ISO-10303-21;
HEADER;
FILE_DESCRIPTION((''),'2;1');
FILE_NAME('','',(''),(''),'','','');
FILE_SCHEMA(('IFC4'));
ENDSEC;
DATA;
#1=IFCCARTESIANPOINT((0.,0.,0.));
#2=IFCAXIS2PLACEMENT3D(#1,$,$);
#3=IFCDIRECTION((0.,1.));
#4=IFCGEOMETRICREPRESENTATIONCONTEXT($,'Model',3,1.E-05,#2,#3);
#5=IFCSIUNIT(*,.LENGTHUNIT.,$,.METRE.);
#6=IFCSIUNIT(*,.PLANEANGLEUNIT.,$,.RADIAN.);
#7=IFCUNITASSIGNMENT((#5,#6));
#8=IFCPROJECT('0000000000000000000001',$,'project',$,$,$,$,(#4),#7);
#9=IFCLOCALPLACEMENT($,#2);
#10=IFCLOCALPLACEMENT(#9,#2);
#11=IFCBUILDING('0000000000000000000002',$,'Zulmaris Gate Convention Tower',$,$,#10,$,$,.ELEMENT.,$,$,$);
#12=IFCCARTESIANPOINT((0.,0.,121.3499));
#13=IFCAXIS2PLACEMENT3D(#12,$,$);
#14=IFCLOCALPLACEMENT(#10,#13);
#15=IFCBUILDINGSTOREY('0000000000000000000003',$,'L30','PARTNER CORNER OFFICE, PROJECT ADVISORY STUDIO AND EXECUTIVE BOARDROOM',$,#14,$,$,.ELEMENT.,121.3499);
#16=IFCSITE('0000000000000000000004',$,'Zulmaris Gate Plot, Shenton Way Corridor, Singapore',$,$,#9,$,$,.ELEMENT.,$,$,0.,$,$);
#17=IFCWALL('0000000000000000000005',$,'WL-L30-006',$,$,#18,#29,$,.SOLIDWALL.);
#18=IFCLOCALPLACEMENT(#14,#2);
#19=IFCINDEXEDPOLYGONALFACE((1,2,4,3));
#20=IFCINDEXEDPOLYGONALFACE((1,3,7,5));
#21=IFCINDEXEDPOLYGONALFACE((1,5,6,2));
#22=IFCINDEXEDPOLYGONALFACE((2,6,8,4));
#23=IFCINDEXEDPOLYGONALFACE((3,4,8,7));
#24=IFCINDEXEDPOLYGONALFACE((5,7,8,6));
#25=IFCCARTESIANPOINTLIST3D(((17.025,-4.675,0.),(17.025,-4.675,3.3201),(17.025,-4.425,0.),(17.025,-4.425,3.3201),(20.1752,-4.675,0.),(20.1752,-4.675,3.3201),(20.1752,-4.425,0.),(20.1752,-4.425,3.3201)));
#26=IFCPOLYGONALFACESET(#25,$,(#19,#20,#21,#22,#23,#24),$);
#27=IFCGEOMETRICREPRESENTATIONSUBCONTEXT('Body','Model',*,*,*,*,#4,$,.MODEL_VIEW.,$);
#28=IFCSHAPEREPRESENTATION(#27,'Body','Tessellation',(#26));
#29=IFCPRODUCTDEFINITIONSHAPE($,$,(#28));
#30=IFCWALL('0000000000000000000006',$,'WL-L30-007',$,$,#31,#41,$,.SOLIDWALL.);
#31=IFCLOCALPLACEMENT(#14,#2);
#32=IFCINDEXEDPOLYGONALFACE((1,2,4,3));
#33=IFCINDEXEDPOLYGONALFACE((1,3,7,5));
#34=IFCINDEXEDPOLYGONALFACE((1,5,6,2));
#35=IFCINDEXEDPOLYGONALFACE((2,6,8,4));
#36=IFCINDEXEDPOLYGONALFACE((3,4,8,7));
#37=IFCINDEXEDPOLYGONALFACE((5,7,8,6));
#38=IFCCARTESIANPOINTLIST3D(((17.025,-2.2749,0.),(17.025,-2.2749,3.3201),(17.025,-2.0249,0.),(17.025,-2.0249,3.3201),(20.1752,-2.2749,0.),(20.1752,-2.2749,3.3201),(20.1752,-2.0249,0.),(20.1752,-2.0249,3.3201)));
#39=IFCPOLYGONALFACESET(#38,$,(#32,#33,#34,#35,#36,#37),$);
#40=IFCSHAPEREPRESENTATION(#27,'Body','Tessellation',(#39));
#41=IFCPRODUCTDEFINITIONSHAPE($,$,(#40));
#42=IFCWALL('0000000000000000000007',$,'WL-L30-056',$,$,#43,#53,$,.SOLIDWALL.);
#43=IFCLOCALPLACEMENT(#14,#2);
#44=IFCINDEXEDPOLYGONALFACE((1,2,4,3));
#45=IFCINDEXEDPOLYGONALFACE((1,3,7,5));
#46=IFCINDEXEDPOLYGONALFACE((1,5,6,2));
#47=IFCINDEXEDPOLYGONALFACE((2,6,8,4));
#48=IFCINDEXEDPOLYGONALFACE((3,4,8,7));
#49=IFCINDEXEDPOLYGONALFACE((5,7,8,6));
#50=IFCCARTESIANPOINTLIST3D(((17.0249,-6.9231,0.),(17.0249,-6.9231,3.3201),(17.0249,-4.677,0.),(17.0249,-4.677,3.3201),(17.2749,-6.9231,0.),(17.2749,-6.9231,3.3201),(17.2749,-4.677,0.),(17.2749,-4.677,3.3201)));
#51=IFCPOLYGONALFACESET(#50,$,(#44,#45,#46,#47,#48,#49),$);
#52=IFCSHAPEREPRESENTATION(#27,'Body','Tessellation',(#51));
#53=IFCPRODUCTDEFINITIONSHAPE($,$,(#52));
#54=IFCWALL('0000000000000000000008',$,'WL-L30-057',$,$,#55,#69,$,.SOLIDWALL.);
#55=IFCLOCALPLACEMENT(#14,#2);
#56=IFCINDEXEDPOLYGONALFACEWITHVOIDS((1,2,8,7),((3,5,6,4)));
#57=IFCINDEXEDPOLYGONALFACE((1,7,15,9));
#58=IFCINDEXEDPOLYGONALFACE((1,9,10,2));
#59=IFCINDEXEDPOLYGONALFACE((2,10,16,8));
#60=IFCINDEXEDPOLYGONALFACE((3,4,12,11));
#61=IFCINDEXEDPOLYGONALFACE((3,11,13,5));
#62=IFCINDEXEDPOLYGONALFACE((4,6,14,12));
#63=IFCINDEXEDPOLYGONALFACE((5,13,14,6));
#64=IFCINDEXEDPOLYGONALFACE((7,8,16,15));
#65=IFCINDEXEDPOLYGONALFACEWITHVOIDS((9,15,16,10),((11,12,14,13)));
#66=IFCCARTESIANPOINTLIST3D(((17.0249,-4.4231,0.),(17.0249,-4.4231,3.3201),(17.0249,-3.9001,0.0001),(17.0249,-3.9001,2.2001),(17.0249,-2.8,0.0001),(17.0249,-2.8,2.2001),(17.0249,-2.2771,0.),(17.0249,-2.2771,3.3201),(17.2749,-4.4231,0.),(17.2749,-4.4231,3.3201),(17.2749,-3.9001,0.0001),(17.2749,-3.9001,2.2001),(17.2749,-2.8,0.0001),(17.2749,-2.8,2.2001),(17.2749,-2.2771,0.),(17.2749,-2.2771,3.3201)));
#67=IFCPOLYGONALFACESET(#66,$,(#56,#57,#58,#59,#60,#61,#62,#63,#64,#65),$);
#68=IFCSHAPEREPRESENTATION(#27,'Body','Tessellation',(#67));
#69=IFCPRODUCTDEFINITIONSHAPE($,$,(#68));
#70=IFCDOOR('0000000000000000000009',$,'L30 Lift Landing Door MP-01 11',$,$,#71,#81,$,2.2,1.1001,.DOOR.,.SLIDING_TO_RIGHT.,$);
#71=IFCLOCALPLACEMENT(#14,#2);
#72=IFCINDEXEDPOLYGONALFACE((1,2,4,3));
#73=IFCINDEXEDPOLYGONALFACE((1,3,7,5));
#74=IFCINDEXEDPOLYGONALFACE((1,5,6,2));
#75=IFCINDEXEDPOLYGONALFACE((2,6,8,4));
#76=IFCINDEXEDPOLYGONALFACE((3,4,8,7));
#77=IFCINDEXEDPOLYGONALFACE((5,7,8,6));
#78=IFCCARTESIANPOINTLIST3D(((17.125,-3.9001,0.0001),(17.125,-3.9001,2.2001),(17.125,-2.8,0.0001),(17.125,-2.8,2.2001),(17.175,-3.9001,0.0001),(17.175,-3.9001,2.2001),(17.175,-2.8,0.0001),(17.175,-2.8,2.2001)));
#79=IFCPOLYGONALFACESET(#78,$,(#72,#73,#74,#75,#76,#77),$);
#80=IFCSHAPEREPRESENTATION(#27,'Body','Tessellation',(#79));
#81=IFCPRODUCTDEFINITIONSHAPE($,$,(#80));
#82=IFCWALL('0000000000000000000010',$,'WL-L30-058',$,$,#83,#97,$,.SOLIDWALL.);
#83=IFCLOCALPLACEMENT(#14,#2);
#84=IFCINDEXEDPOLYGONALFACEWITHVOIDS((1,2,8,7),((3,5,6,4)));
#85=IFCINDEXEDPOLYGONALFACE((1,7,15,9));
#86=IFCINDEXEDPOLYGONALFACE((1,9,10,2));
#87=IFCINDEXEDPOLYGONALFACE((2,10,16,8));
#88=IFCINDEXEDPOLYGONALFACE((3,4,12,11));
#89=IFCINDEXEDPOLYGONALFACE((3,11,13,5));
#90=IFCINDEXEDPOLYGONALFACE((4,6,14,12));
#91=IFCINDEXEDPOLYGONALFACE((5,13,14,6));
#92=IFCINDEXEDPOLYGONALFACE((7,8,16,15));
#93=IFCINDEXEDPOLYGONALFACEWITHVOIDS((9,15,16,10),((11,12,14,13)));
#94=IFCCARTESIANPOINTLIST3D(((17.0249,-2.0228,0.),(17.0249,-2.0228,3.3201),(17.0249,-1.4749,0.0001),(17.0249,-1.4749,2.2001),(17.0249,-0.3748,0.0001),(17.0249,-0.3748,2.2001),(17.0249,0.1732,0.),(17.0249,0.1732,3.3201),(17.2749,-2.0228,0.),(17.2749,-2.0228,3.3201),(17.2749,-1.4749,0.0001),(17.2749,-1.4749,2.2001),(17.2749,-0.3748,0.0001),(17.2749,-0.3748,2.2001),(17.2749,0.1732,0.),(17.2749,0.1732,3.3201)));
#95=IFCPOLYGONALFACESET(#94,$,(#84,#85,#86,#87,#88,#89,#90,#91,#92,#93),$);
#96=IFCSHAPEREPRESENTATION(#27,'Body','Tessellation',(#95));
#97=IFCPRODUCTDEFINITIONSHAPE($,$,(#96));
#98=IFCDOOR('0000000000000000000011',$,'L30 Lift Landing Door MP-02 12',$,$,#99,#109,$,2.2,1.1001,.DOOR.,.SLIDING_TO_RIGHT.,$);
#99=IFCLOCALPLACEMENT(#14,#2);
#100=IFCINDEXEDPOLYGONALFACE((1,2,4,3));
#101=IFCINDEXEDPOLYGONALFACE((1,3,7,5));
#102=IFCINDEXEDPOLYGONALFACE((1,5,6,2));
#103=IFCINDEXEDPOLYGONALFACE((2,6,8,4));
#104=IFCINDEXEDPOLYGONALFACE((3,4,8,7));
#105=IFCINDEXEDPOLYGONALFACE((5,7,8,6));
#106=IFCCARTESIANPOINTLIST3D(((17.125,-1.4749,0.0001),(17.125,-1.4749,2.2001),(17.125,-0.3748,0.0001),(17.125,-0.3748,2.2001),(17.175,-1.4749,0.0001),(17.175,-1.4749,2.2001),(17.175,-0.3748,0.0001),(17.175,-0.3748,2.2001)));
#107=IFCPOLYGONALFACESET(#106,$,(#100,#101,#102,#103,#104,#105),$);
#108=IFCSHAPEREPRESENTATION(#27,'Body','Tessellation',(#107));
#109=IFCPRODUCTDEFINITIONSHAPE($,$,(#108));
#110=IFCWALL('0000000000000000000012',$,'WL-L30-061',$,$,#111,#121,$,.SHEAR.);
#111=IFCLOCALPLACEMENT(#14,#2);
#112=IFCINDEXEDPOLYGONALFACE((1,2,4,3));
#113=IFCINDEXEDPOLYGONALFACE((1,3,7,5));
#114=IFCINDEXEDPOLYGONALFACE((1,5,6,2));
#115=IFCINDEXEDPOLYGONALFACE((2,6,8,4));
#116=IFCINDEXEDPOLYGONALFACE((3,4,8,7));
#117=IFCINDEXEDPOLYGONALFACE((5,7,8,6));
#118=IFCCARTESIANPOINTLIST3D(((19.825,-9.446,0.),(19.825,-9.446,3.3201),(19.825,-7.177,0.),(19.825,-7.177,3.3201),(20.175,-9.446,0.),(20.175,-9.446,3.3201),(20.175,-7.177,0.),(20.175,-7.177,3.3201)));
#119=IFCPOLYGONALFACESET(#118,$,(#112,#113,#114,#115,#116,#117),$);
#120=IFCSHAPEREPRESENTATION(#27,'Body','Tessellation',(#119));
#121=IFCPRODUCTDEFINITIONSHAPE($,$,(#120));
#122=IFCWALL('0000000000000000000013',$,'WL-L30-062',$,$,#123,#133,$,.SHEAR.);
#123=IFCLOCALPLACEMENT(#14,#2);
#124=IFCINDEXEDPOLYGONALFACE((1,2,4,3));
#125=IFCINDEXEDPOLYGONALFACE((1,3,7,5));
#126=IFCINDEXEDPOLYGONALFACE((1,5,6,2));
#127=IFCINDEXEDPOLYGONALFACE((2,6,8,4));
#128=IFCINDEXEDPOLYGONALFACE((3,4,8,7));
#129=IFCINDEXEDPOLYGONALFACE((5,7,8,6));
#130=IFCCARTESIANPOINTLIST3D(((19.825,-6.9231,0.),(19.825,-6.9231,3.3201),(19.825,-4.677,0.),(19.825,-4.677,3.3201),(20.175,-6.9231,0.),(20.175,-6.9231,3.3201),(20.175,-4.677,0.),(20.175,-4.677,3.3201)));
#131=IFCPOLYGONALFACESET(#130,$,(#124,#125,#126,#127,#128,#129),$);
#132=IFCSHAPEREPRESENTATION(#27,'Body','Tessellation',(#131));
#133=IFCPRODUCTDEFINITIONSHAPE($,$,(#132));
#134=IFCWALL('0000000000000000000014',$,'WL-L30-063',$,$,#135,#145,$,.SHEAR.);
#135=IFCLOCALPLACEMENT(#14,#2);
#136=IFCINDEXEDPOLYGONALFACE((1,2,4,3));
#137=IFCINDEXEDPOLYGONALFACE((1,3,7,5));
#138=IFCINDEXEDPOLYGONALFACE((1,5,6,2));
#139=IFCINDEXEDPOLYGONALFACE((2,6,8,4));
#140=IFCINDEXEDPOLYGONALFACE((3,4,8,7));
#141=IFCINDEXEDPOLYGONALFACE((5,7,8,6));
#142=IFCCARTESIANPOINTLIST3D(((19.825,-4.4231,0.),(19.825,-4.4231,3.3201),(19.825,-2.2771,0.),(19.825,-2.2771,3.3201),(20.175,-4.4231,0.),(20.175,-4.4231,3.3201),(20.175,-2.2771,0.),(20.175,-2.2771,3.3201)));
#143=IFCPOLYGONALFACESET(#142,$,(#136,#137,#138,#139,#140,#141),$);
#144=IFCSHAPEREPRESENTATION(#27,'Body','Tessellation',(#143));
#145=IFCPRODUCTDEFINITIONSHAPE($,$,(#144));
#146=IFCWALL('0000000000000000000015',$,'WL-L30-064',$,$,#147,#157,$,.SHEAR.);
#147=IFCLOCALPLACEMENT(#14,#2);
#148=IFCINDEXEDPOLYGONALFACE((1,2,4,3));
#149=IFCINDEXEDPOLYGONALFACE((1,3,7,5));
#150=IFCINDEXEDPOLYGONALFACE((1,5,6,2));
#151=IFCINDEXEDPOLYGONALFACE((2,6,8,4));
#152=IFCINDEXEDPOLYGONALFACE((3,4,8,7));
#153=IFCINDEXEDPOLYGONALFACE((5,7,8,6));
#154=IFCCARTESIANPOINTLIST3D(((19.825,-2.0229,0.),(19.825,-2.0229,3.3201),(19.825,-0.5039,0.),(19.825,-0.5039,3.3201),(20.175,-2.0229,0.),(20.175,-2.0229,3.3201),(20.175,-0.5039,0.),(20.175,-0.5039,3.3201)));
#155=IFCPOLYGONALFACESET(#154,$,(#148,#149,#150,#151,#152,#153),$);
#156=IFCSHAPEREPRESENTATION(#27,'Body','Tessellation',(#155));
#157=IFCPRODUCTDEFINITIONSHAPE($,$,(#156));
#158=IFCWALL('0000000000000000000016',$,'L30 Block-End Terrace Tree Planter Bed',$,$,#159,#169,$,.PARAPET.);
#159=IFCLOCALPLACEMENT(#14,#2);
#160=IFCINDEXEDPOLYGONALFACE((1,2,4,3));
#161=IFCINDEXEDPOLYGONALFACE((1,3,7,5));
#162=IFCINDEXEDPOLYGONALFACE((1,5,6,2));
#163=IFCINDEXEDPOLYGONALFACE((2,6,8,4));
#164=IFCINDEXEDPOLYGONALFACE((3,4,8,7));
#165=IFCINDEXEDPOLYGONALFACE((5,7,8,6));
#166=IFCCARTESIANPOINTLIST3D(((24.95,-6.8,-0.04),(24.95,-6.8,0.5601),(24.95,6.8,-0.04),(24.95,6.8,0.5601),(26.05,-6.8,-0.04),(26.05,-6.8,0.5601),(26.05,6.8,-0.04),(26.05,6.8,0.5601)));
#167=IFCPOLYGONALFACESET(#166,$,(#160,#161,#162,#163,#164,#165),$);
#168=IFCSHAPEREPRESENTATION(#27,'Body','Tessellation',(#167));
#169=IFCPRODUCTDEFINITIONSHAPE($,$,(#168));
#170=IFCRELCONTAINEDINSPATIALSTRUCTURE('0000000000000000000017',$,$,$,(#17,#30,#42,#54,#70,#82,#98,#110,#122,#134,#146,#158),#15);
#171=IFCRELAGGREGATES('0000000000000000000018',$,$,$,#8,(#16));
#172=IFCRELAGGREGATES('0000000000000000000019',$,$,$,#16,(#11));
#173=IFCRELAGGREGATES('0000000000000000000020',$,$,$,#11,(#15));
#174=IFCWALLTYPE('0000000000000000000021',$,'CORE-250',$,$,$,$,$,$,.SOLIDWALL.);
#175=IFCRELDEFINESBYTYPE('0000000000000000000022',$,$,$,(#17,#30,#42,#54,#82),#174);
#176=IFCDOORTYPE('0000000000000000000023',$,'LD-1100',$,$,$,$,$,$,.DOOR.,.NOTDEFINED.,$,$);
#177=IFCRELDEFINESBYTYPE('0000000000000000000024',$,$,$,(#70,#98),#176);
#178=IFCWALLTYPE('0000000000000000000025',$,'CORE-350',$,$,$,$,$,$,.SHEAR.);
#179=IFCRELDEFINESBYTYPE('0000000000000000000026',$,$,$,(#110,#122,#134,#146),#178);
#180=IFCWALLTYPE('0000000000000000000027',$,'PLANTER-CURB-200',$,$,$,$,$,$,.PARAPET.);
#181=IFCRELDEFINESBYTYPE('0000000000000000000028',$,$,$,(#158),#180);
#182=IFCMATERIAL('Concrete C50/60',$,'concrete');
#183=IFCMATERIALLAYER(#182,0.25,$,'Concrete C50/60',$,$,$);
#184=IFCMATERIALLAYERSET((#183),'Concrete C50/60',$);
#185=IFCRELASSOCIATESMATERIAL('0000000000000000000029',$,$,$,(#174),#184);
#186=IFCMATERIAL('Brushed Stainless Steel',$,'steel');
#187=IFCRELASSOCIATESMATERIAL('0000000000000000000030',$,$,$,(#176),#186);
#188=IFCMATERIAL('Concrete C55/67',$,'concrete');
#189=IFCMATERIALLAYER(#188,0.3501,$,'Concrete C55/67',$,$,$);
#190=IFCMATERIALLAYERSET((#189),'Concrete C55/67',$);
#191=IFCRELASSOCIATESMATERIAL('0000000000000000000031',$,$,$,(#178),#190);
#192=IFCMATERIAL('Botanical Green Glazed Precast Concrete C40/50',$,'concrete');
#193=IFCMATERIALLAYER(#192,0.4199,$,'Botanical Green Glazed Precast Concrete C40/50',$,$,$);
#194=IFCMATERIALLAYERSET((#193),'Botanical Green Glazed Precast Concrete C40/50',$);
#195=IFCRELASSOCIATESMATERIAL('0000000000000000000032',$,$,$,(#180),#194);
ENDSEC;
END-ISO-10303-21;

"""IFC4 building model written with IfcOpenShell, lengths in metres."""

from ifc_helpers import new_model, si_unit, direction, frame, frame_2d, origin, place, context, subcontext, project, spatial, rectangle, extrude, material, layer, layer_set, type_object, element, fill, save


model = new_model("IFC4")

# Units and contexts
model_context = context("Model", 3, precision=1e-05, world=origin(), true_north=direction((0.0, 1.0)))
body_context = subcontext(model_context, "Body", "Model", "MODEL_VIEW")
ifc_project = project(units=[si_unit("LENGTHUNIT", "METRE"), si_unit("PLANEANGLEUNIT", "RADIAN")], contexts=[model_context])

# Site, building, storey
site_placement = place(None, origin())
site = spatial("IfcSite", under=ifc_project, at=site_placement, Name="Zulmaris Gate Plot, Shenton Way Corridor, Singapore", CompositionType="ELEMENT", RefElevation=0.0)
building_placement = place(site_placement, origin())
building = spatial("IfcBuilding", under=site, at=building_placement, Name="Zulmaris Gate Convention Tower", CompositionType="ELEMENT")
storey_placement = place(building_placement, frame((0.0, 0.0, 121.3499)))
storey = spatial("IfcBuildingStorey", under=building, at=storey_placement, Name="L30", Description="PARTNER CORNER OFFICE, PROJECT ADVISORY STUDIO AND EXECUTIVE BOARDROOM", CompositionType="ELEMENT", Elevation=121.3499)

# Walls
ifc_material_1 = material(Name="Concrete C50/60", Category="concrete")
ifc_layer_1 = layer(ifc_material_1, 0.25, Name="Concrete C50/60")
ifc_layer_set_1 = layer_set([ifc_layer_1], Name="Concrete C50/60")
wall_type_1 = type_object("IfcWallType", Name="CORE-250", PredefinedType="SOLIDWALL", material=ifc_layer_set_1)
for number, where, z_axis, x_axis, name in (
    (1, (17.0249, -4.55, 0.0), (0.0, 0.0, 1.0), (1.0, 0.0, 0.0), "WL-L30-006"),
    (2, (17.0249, -2.1499, 0.0), (0.0, 0.0, 1.0), (1.0, 0.0, 0.0), "WL-L30-007"),
):
    element("IfcWall", number, at=place(storey_placement, frame(where, z_axis=z_axis, x_axis=x_axis)), inside=storey, type_object=wall_type_1, Name=name, PredefinedType="SOLIDWALL", context=body_context, shape_type="SweptSolid", body=[
        extrude(rectangle(XDim=3.1501, YDim=0.25, at=frame_2d((1.5752, 0.0))), origin(), (0.0, 0.0, 1.0), 3.3201),
    ])
wall_1_placement = place(storey_placement, frame((17.1499, -6.9231, 0.0), z_axis=(0.0, 0.0, 1.0), x_axis=(0.0, 1.0, 0.0)))
element("IfcWall", 3, at=wall_1_placement, inside=storey, type_object=wall_type_1, Name="WL-L30-056", PredefinedType="SOLIDWALL", context=body_context, shape_type="SweptSolid", body=[
    extrude(rectangle(XDim=2.2461, YDim=0.25, at=frame_2d((1.123, 0.0))), origin(), (0.0, 0.0, 1.0), 3.3201),
])

# Walls, openings, doors
wall_2_placement = place(storey_placement, frame((17.1499, -4.4231, 0.0), z_axis=(0.0, 0.0, 1.0), x_axis=(0.0, 1.0, 0.0)))
wall_2 = element("IfcWall", 4, at=wall_2_placement, inside=storey, type_object=wall_type_1, Name="WL-L30-057", PredefinedType="SOLIDWALL", context=body_context, shape_type="SweptSolid", body=[
    extrude(rectangle(XDim=2.146, YDim=0.25, at=frame_2d((1.073, 0.0))), origin(), (0.0, 0.0, 1.0), 3.3201),
])
opening_1_placement = place(wall_2_placement, frame((0.5229, 0.0, 0.0)))
opening_1 = element("IfcOpeningElement", 5, at=opening_1_placement, cuts=wall_2, PredefinedType="OPENING", context=body_context, shape_type="SweptSolid", body=[
    extrude(rectangle(XDim=1.1001, YDim=2.2, at=frame_2d((0.55, 1.1001))), frame((0.0, 0.135, 0.0), z_axis=(0.0, -1.0, 0.0), x_axis=(1.0, 0.0, 0.0)), (0.0, 0.0, 1.0), 0.27),
])
ifc_material_2 = material(Name="Brushed Stainless Steel", Category="steel")
door_type_1 = type_object("IfcDoorType", Name="LD-1100", OperationType="NOTDEFINED", PredefinedType="DOOR", material=ifc_material_2)
door_1_placement = place(opening_1_placement, origin())
door_1 = element("IfcDoor", 6, at=door_1_placement, inside=storey, type_object=door_type_1, Name="L30 Lift Landing Door MP-01 11", OperationType="SLIDING_TO_RIGHT", OverallHeight=2.2, OverallWidth=1.1001, PredefinedType="DOOR", context=body_context, shape_type="SweptSolid", body=[
    extrude(rectangle(XDim=1.1001, YDim=2.2, at=frame_2d((0.55, 1.1001))), frame((0.0, 0.0249, 0.0), z_axis=(0.0, -1.0, 0.0), x_axis=(1.0, 0.0, 0.0)), (0.0, 0.0, 1.0), 0.05),
])
fill(opening_1, door_1)
wall_3_placement = place(storey_placement, frame((17.1499, -2.0229, 0.0), z_axis=(0.0, 0.0, 1.0), x_axis=(0.0, 1.0, 0.0)))
wall_3 = element("IfcWall", 7, at=wall_3_placement, inside=storey, type_object=wall_type_1, Name="WL-L30-058", PredefinedType="SOLIDWALL", context=body_context, shape_type="SweptSolid", body=[
    extrude(rectangle(XDim=2.196, YDim=0.25, at=frame_2d((1.0981, 0.0))), origin(), (0.0, 0.0, 1.0), 3.3201),
])
opening_2_placement = place(wall_3_placement, frame((0.5481, 0.0, 0.0)))
opening_2 = element("IfcOpeningElement", 8, at=opening_2_placement, cuts=wall_3, PredefinedType="OPENING", context=body_context, shape_type="SweptSolid", body=[
    extrude(rectangle(XDim=1.1001, YDim=2.2, at=frame_2d((0.55, 1.1001))), frame((0.0, 0.135, 0.0), z_axis=(0.0, -1.0, 0.0), x_axis=(1.0, 0.0, 0.0)), (0.0, 0.0, 1.0), 0.27),
])
door_2_placement = place(opening_2_placement, origin())
door_2 = element("IfcDoor", 9, at=door_2_placement, inside=storey, type_object=door_type_1, Name="L30 Lift Landing Door MP-02 12", OperationType="SLIDING_TO_RIGHT", OverallHeight=2.2, OverallWidth=1.1001, PredefinedType="DOOR", context=body_context, shape_type="SweptSolid", body=[
    extrude(rectangle(XDim=1.1001, YDim=2.2, at=frame_2d((0.55, 1.1001))), frame((0.0, 0.0249, 0.0), z_axis=(0.0, -1.0, 0.0), x_axis=(1.0, 0.0, 0.0)), (0.0, 0.0, 1.0), 0.05),
])
fill(opening_2, door_2)

# Walls
ifc_material_3 = material(Name="Concrete C55/67", Category="concrete")
ifc_layer_2 = layer(ifc_material_3, 0.3501, Name="Concrete C55/67")
ifc_layer_set_2 = layer_set([ifc_layer_2], Name="Concrete C55/67")
wall_type_2 = type_object("IfcWallType", Name="CORE-350", PredefinedType="SHEAR", material=ifc_layer_set_2)
wall_4_placement = place(storey_placement, frame((20.0, -9.446, 0.0), z_axis=(0.0, 0.0, 1.0), x_axis=(0.0, 1.0, 0.0)))
element("IfcWall", 10, at=wall_4_placement, inside=storey, type_object=wall_type_2, Name="WL-L30-061", PredefinedType="SHEAR", context=body_context, shape_type="SweptSolid", body=[
    extrude(rectangle(XDim=2.269, YDim=0.3501, at=frame_2d((1.1345, 0.0))), origin(), (0.0, 0.0, 1.0), 3.3201),
])
wall_5_placement = place(storey_placement, frame((20.0, -6.9231, 0.0), z_axis=(0.0, 0.0, 1.0), x_axis=(0.0, 1.0, 0.0)))
element("IfcWall", 11, at=wall_5_placement, inside=storey, type_object=wall_type_2, Name="WL-L30-062", PredefinedType="SHEAR", context=body_context, shape_type="SweptSolid", body=[
    extrude(rectangle(XDim=2.2461, YDim=0.3501, at=frame_2d((1.123, 0.0))), origin(), (0.0, 0.0, 1.0), 3.3201),
])
wall_6_placement = place(storey_placement, frame((20.0, -4.4231, 0.0), z_axis=(0.0, 0.0, 1.0), x_axis=(0.0, 1.0, 0.0)))
element("IfcWall", 12, at=wall_6_placement, inside=storey, type_object=wall_type_2, Name="WL-L30-063", PredefinedType="SHEAR", context=body_context, shape_type="SweptSolid", body=[
    extrude(rectangle(XDim=2.146, YDim=0.3501, at=frame_2d((1.073, 0.0))), origin(), (0.0, 0.0, 1.0), 3.3201),
])
wall_7_placement = place(storey_placement, frame((20.0, -2.0229, 0.0), z_axis=(0.0, 0.0, 1.0), x_axis=(0.0, 1.0, 0.0)))
element("IfcWall", 13, at=wall_7_placement, inside=storey, type_object=wall_type_2, Name="WL-L30-064", PredefinedType="SHEAR", context=body_context, shape_type="SweptSolid", body=[
    extrude(rectangle(XDim=1.519, YDim=0.3501, at=frame_2d((0.7595, 0.0))), origin(), (0.0, 0.0, 1.0), 3.3201),
])

# Wall
ifc_material_4 = material(Name="Botanical Green Glazed Precast Concrete C40/50", Category="concrete")
ifc_layer_3 = layer(ifc_material_4, 0.4199, Name="Botanical Green Glazed Precast Concrete C40/50")
ifc_layer_set_3 = layer_set([ifc_layer_3], Name="Botanical Green Glazed Precast Concrete C40/50")
wall_type_3 = type_object("IfcWallType", Name="PLANTER-CURB-200", PredefinedType="PARAPET", material=ifc_layer_set_3)
wall_8_placement = place(storey_placement, frame((25.5, -6.8, -0.04), z_axis=(0.0, 0.0, 1.0), x_axis=(0.0, 1.0, 0.0)))
element("IfcWall", 14, at=wall_8_placement, inside=storey, type_object=wall_type_3, Name="L30 Block-End Terrace Tree Planter Bed", PredefinedType="PARAPET", context=body_context, shape_type="SweptSolid", body=[
    extrude(rectangle(XDim=13.6001, YDim=1.1001, at=frame_2d((6.8, 0.0))), origin(), (0.0, 0.0, 1.0), 0.6001),
])

save(model, "model.ifc")
